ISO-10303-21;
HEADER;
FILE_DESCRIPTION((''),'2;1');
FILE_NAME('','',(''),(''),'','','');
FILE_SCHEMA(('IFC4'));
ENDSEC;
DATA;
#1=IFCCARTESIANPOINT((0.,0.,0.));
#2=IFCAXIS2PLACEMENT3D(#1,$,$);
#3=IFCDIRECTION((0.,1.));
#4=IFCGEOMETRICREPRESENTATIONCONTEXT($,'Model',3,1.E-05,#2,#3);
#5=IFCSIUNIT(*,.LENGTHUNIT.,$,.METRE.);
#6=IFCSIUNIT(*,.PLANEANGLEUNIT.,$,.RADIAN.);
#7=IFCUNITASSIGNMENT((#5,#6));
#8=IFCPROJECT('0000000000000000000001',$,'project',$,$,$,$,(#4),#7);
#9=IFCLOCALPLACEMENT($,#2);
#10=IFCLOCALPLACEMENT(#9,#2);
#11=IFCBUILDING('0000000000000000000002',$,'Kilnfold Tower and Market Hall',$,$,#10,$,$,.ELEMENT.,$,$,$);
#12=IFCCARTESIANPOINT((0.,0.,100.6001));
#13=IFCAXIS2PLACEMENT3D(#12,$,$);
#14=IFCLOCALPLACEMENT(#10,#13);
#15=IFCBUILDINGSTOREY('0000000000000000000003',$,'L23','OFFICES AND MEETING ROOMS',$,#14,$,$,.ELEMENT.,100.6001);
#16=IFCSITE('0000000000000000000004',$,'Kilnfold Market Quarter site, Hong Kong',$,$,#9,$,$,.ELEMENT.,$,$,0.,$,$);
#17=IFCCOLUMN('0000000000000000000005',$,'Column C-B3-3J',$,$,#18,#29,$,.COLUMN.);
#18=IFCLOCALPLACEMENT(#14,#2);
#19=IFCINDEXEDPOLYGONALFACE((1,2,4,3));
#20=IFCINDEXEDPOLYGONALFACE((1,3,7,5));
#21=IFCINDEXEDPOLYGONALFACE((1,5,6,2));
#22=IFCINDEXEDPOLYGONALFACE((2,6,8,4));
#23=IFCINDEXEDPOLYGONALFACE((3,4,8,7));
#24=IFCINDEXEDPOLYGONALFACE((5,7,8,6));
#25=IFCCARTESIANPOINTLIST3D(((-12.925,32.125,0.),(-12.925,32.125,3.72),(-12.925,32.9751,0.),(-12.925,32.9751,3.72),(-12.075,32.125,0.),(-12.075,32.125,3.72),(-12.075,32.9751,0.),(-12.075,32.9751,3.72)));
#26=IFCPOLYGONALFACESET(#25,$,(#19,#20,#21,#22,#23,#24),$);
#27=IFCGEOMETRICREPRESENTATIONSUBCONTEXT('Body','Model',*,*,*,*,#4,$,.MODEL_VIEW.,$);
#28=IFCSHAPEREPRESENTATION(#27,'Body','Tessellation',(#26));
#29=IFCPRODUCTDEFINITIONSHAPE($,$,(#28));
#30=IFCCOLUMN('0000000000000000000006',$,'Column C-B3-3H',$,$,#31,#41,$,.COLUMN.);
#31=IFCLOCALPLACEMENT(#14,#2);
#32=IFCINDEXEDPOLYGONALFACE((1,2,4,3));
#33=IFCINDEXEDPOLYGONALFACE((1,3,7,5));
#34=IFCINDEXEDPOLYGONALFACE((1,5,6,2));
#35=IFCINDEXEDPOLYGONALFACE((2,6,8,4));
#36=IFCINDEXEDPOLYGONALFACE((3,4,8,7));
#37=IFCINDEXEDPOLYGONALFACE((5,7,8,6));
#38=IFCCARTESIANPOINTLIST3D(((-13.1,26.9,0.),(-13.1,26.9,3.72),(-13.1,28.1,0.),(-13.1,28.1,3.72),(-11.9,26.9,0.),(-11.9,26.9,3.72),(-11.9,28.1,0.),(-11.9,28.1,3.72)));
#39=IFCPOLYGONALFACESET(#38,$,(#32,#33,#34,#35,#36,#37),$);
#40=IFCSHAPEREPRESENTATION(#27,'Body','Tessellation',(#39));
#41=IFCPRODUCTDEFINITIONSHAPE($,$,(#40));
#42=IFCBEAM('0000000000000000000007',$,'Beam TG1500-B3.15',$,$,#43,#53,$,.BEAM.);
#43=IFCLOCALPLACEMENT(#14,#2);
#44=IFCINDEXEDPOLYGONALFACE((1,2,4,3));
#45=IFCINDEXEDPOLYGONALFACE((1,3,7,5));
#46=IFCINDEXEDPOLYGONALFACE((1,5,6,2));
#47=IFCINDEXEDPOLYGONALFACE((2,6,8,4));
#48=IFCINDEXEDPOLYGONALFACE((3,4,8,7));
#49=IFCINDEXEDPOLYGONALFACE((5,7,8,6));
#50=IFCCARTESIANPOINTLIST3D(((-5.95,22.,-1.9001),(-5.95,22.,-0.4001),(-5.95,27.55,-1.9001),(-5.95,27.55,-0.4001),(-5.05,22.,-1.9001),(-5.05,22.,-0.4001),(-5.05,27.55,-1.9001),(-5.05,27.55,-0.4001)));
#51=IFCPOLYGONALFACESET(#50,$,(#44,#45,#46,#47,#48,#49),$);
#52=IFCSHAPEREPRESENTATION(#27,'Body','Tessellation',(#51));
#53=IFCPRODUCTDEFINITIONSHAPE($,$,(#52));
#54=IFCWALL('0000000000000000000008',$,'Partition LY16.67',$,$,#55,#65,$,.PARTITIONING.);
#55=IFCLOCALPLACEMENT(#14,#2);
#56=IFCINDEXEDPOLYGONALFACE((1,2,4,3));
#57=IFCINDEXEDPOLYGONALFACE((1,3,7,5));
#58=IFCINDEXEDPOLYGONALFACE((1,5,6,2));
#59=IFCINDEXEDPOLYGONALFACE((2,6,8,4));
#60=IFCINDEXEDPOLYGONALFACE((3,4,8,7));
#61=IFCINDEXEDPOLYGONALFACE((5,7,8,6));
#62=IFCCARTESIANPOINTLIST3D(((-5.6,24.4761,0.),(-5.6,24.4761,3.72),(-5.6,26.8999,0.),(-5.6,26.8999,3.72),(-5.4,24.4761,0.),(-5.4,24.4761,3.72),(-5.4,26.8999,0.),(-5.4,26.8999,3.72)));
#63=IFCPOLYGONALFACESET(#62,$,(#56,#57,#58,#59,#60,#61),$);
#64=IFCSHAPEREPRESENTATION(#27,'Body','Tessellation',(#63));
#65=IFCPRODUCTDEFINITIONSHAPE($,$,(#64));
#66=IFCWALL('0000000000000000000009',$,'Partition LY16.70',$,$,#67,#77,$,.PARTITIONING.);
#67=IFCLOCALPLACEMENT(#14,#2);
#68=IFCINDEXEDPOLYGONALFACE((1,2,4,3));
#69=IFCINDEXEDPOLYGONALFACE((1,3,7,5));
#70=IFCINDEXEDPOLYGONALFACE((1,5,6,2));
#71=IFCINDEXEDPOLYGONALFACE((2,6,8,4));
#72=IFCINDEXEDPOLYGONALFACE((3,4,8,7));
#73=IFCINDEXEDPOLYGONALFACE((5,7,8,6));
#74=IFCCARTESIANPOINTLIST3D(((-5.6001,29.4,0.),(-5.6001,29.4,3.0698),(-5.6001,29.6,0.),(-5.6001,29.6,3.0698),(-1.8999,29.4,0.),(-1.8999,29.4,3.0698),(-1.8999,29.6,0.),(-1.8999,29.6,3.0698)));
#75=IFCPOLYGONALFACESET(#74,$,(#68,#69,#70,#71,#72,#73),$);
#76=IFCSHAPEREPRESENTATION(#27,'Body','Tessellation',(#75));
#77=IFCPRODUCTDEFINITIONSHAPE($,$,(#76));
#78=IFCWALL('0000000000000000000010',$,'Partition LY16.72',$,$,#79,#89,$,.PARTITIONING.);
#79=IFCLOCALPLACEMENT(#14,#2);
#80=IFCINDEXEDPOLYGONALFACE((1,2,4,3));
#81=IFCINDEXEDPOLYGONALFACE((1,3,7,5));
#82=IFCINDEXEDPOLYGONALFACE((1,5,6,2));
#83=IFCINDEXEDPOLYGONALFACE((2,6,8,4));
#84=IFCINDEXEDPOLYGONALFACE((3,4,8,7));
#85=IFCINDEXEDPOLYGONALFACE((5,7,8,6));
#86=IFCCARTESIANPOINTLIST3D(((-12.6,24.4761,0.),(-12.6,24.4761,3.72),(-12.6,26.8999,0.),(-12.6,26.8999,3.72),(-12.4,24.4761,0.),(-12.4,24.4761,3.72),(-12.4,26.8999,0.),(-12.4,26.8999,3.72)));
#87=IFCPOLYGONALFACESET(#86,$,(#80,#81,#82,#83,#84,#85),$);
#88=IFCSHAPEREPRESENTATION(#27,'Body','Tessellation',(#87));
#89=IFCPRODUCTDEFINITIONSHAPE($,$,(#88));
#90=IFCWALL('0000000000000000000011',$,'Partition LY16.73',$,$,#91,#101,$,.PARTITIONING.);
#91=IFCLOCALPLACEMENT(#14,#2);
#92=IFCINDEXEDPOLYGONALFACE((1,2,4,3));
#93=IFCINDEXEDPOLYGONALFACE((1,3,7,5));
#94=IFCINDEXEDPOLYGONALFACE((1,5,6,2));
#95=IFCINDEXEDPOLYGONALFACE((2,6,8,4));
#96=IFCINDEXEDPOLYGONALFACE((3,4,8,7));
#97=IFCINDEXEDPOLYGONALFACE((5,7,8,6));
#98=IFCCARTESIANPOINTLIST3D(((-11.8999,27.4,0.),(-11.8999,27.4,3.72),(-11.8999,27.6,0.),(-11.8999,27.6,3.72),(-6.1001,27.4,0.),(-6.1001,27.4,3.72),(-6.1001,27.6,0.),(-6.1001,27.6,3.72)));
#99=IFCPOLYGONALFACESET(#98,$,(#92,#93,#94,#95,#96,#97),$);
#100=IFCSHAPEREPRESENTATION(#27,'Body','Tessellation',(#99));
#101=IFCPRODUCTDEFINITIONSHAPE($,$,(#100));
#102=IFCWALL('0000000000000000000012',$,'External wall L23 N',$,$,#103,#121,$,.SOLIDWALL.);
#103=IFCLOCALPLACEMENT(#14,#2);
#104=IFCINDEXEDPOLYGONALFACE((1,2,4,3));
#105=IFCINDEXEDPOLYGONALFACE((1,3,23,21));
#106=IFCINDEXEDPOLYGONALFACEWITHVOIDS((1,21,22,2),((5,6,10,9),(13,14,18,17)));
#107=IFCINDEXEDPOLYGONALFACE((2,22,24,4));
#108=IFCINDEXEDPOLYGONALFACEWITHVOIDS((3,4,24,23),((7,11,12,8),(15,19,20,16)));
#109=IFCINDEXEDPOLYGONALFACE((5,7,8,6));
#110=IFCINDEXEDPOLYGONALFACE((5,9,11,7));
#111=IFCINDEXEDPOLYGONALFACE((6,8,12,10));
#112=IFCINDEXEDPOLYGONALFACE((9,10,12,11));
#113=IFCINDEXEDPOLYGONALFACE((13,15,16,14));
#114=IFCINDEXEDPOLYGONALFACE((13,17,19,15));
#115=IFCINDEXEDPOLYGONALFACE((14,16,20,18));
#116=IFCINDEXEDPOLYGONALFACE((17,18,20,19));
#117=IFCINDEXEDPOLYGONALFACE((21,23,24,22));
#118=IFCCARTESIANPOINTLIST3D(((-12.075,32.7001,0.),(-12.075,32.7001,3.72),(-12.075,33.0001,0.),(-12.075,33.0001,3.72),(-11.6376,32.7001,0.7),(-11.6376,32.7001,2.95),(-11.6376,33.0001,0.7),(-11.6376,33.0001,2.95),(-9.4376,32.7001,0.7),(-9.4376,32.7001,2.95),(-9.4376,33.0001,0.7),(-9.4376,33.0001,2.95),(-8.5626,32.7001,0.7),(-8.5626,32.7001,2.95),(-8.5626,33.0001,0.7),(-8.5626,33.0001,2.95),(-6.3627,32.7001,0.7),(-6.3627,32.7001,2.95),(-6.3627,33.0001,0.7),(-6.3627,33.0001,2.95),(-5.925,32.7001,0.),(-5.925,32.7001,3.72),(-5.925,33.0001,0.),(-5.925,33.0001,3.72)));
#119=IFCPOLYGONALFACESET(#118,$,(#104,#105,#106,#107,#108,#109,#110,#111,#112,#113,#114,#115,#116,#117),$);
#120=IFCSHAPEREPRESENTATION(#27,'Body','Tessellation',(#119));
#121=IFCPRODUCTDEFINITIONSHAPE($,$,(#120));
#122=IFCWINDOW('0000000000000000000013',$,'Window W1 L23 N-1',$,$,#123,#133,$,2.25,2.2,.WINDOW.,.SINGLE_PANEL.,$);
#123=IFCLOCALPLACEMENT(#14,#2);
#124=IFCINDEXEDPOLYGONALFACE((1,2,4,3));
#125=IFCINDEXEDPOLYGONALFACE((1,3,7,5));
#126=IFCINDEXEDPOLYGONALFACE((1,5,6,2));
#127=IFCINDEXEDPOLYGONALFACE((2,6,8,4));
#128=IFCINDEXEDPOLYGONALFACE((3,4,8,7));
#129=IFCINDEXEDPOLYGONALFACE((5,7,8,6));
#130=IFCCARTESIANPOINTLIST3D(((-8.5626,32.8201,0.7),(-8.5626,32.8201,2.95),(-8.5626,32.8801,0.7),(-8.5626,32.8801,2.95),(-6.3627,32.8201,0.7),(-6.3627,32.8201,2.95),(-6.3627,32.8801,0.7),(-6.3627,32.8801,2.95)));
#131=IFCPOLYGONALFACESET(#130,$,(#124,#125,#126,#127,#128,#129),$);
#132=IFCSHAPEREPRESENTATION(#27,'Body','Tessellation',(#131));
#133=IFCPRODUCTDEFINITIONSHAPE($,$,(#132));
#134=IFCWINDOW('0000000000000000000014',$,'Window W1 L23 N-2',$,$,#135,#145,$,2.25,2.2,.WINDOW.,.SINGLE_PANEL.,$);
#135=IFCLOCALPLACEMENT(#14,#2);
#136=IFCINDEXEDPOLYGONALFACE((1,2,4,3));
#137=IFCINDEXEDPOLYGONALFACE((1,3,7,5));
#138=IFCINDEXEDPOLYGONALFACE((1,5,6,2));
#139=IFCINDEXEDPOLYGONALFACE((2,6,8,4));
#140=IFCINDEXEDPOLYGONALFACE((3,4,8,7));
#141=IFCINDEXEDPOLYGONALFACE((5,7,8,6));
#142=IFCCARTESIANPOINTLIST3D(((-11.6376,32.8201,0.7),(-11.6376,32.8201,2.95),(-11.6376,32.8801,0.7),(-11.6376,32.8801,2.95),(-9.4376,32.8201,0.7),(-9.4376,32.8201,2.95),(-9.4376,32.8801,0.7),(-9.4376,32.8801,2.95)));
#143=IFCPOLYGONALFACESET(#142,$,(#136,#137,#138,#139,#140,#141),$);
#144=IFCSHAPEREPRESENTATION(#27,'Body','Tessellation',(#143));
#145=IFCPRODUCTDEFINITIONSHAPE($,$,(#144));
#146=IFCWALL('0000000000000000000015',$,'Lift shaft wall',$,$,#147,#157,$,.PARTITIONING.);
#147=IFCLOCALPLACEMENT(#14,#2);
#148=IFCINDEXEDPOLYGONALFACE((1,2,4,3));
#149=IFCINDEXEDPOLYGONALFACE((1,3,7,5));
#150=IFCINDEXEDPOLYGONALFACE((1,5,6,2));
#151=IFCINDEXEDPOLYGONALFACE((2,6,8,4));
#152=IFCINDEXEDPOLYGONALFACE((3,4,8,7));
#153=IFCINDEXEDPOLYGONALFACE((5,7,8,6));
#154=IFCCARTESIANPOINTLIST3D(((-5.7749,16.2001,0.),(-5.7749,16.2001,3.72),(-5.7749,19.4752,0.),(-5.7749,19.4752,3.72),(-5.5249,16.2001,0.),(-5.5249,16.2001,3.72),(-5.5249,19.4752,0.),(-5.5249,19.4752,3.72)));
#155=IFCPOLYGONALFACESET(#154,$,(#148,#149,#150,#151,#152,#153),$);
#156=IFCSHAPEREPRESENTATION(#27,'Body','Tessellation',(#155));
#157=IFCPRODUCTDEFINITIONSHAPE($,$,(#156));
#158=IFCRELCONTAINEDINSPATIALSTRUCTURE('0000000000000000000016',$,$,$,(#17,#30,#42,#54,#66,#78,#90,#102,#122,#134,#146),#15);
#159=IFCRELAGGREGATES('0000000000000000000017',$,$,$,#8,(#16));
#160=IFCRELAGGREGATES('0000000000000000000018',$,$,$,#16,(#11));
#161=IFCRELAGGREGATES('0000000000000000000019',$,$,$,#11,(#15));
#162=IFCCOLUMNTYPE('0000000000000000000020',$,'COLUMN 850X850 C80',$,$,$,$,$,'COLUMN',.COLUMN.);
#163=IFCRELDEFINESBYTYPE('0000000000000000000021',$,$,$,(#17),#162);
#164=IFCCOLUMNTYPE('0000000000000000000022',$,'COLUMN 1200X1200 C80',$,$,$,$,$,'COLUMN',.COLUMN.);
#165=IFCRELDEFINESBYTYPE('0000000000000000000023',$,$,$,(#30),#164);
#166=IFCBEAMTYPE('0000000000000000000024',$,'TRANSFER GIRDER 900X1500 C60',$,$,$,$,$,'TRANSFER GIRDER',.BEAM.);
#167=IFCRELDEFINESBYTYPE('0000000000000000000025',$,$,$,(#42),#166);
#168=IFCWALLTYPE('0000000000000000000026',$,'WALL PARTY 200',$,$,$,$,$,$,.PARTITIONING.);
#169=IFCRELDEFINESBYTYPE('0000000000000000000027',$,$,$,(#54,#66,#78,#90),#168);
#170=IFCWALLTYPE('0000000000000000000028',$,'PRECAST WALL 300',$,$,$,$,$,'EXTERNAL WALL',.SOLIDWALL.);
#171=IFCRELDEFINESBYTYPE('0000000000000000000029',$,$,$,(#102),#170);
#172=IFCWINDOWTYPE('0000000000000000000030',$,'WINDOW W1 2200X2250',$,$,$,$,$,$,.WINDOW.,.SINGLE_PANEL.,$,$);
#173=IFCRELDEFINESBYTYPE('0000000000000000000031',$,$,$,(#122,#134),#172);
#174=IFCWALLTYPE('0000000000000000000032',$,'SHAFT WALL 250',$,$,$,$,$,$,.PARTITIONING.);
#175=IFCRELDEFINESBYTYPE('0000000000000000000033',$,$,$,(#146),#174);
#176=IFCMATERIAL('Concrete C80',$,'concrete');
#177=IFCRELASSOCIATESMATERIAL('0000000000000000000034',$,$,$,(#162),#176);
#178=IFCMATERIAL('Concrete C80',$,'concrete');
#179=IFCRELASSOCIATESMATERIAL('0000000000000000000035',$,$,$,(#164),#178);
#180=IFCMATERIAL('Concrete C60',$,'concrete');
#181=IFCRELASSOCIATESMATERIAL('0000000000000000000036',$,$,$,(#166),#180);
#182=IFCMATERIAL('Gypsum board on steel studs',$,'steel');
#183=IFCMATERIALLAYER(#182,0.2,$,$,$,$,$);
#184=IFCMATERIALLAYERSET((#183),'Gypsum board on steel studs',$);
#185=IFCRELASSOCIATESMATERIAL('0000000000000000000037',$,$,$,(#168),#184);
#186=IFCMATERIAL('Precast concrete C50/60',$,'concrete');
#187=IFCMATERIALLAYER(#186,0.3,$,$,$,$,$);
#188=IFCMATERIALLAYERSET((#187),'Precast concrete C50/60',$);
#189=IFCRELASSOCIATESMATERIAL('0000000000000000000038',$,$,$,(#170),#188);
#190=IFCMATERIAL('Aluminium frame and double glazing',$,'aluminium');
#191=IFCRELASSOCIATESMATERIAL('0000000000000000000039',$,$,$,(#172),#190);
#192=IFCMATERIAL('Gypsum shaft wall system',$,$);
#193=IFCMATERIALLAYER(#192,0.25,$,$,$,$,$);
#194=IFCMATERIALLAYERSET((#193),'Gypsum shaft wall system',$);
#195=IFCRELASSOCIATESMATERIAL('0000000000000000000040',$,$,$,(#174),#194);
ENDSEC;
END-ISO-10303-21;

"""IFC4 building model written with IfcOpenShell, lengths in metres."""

from ifc_helpers import new_model, si_unit, direction, frame, frame_2d, origin, origin_2d, place, context, subcontext, project, spatial, rectangle, extrude, source, transform, mapped, material, layer, layer_set, material_profile, profile_set, type_object, element, fill, save


model = new_model("IFC4")

# Units and contexts
model_context = context("Model", 3, precision=1e-05, world=origin(), true_north=direction((0.0, 1.0)))
body_context = subcontext(model_context, "Body", "Model", "MODEL_VIEW")
ifc_project = project(units=[si_unit("LENGTHUNIT", "METRE"), si_unit("PLANEANGLEUNIT", "RADIAN")], contexts=[model_context])

# Site, building, storey
site_placement = place(None, origin())
site = spatial("IfcSite", under=ifc_project, at=site_placement, Name="Kilnfold Market Quarter site, Hong Kong", CompositionType="ELEMENT", RefElevation=0.0)
building_placement = place(site_placement, origin())
building = spatial("IfcBuilding", under=site, at=building_placement, Name="Kilnfold Tower and Market Hall", CompositionType="ELEMENT")
storey_placement = place(building_placement, frame((0.0, 0.0, 100.6001)))
storey = spatial("IfcBuildingStorey", under=building, at=storey_placement, Name="L23", Description="OFFICES AND MEETING ROOMS", CompositionType="ELEMENT", Elevation=100.6001)

# Columns
ifc_material_1 = material(Name="Concrete C80", Category="concrete")
ifc_material_profile_1 = material_profile(ifc_material_1, rectangle(XDim=0.8501, YDim=0.8501, at=origin_2d()), Name="RC 850x850")
ifc_profile_set_1 = profile_set([ifc_material_profile_1], Name="Concrete C80")
column_type_1 = type_object("IfcColumnType", Name="COLUMN 850X850 C80", ElementType="COLUMN", PredefinedType="COLUMN", material=ifc_profile_set_1)
shared_shape_1 = source(origin(), body_context, "Body", "SweptSolid", [
    extrude(rectangle(XDim=0.8501, YDim=0.8501, at=origin_2d()), origin(), (0.0, 0.0, 1.0), 3.72),
])
column_1_placement = place(storey_placement, frame((-12.5, 32.55, 0.0), z_axis=(0.0, 0.0, 1.0), x_axis=(1.0, 0.0, 0.0)))
element("IfcColumn", 1, at=column_1_placement, inside=storey, type_object=column_type_1, Name="Column C-B3-3J", PredefinedType="COLUMN", context=body_context, shape_type="MappedRepresentation", body=[
    mapped(shared_shape_1, transform((0.0, 0.0, 0.0))),
])
ifc_material_2 = material(Name="Concrete C80", Category="concrete")
ifc_material_profile_2 = material_profile(ifc_material_2, rectangle(XDim=1.2, YDim=1.2, at=origin_2d()), Name="RC 1200x1200")
ifc_profile_set_2 = profile_set([ifc_material_profile_2], Name="Concrete C80")
column_type_2 = type_object("IfcColumnType", Name="COLUMN 1200X1200 C80", ElementType="COLUMN", PredefinedType="COLUMN", material=ifc_profile_set_2)
shared_shape_2 = source(origin(), body_context, "Body", "SweptSolid", [
    extrude(rectangle(XDim=1.2, YDim=1.2, at=origin_2d()), origin(), (0.0, 0.0, 1.0), 3.72),
])
column_2_placement = place(storey_placement, frame((-12.5, 27.5, 0.0), z_axis=(0.0, 0.0, 1.0), x_axis=(1.0, 0.0, 0.0)))
element("IfcColumn", 2, at=column_2_placement, inside=storey, type_object=column_type_2, Name="Column C-B3-3H", PredefinedType="COLUMN", context=body_context, shape_type="MappedRepresentation", body=[
    mapped(shared_shape_2, transform((0.0, 0.0, 0.0))),
])

# Beam
ifc_material_3 = material(Name="Concrete C60", Category="concrete")
ifc_material_profile_3 = material_profile(ifc_material_3, rectangle(XDim=0.8999, YDim=1.5, at=origin_2d()), Name="RC 900x1500")
ifc_profile_set_3 = profile_set([ifc_material_profile_3], Name="Concrete C60")
beam_type = type_object("IfcBeamType", Name="TRANSFER GIRDER 900X1500 C60", ElementType="TRANSFER GIRDER", PredefinedType="BEAM", material=ifc_profile_set_3)
shared_shape_3 = source(origin(), body_context, "Body", "SweptSolid", [
    extrude(rectangle(XDim=0.8999, YDim=1.5, at=origin_2d()), origin(), (0.0, 0.0, 1.0), 5.55),
])
beam_placement = place(storey_placement, frame((-5.5, 22.0, -1.1501), z_axis=(0.0, 1.0, 0.0), x_axis=(-1.0, 0.0, 0.0)))
element("IfcBeam", 3, at=beam_placement, inside=storey, type_object=beam_type, Name="Beam TG1500-B3.15", PredefinedType="BEAM", context=body_context, shape_type="MappedRepresentation", body=[
    mapped(shared_shape_3, transform((0.0, 0.0, 0.0))),
])

# Walls
ifc_material_4 = material(Name="Gypsum board on steel studs", Category="steel")
ifc_layer_1 = layer(ifc_material_4, 0.2)
ifc_layer_set_1 = layer_set([ifc_layer_1], Name="Gypsum board on steel studs")
wall_type_1 = type_object("IfcWallType", Name="WALL PARTY 200", PredefinedType="PARTITIONING", material=ifc_layer_set_1)
wall_1_placement = place(storey_placement, frame((-5.5, 24.4761, 0.0), z_axis=(0.0, 0.0, 1.0), x_axis=(0.0, 1.0, 0.0)))
element("IfcWall", 4, at=wall_1_placement, inside=storey, type_object=wall_type_1, Name="Partition LY16.67", PredefinedType="PARTITIONING", context=body_context, shape_type="SweptSolid", body=[
    extrude(rectangle(XDim=2.4238, YDim=0.2, at=frame_2d((1.2119, 0.0))), origin(), (0.0, 0.0, 1.0), 3.72),
])
wall_2_placement = place(storey_placement, frame((-5.6001, 29.5, 0.0), z_axis=(0.0, 0.0, 1.0), x_axis=(1.0, 0.0, 0.0)))
element("IfcWall", 5, at=wall_2_placement, inside=storey, type_object=wall_type_1, Name="Partition LY16.70", PredefinedType="PARTITIONING", context=body_context, shape_type="SweptSolid", body=[
    extrude(rectangle(XDim=3.7002, YDim=0.2, at=frame_2d((1.8501, 0.0))), origin(), (0.0, 0.0, 1.0), 3.0698),
])
wall_3_placement = place(storey_placement, frame((-12.5, 26.8999, 0.0), z_axis=(0.0, 0.0, 1.0), x_axis=(0.0, -1.0, 0.0)))
element("IfcWall", 6, at=wall_3_placement, inside=storey, type_object=wall_type_1, Name="Partition LY16.72", PredefinedType="PARTITIONING", context=body_context, shape_type="SweptSolid", body=[
    extrude(rectangle(XDim=2.4238, YDim=0.2, at=frame_2d((1.2119, 0.0))), origin(), (0.0, 0.0, 1.0), 3.72),
])
wall_4_placement = place(storey_placement, frame((-11.8999, 27.5, 0.0), z_axis=(0.0, 0.0, 1.0), x_axis=(1.0, 0.0, 0.0)))
element("IfcWall", 7, at=wall_4_placement, inside=storey, type_object=wall_type_1, Name="Partition LY16.73", PredefinedType="PARTITIONING", context=body_context, shape_type="SweptSolid", body=[
    extrude(rectangle(XDim=5.7998, YDim=0.2, at=frame_2d((2.8999, 0.0))), origin(), (0.0, 0.0, 1.0), 3.72),
])

# Wall, openings, windows
ifc_material_5 = material(Name="Precast concrete C50/60", Category="concrete")
ifc_layer_2 = layer(ifc_material_5, 0.3)
ifc_layer_set_2 = layer_set([ifc_layer_2], Name="Precast concrete C50/60")
wall_type_2 = type_object("IfcWallType", Name="PRECAST WALL 300", ElementType="EXTERNAL WALL", PredefinedType="SOLIDWALL", material=ifc_layer_set_2)
shared_shape_4 = source(origin(), body_context, "Body", "SweptSolid", [
    extrude(rectangle(XDim=6.1499, YDim=0.3, at=frame_2d((3.075, 0.0))), origin(), (0.0, 0.0, 1.0), 3.72),
])
wall_5_placement = place(storey_placement, frame((-5.925, 32.8501, 0.0), z_axis=(0.0, 0.0, 1.0), x_axis=(-1.0, 0.0, 0.0)))
wall_5 = element("IfcWall", 8, at=wall_5_placement, inside=storey, type_object=wall_type_2, Name="External wall L23 N", PredefinedType="SOLIDWALL", context=body_context, shape_type="MappedRepresentation", body=[
    mapped(shared_shape_4, transform((0.0, 0.0, 0.0))),
])
opening_1_placement = place(wall_5_placement, frame((0.4375, 0.0, 0.7)))
opening_1 = element("IfcOpeningElement", 9, at=opening_1_placement, cuts=wall_5, PredefinedType="OPENING", context=body_context, shape_type="SweptSolid", body=[
    extrude(rectangle(XDim=2.2, YDim=2.25, at=frame_2d((1.1001, 1.125))), frame((0.0, 0.1602, 0.0), z_axis=(0.0, -1.0, 0.0), x_axis=(1.0, 0.0, 0.0)), (0.0, 0.0, 1.0), 0.3201),
])
opening_2_placement = place(wall_5_placement, frame((3.5125, 0.0, 0.7)))
opening_2 = element("IfcOpeningElement", 10, at=opening_2_placement, cuts=wall_5, PredefinedType="OPENING", context=body_context, shape_type="SweptSolid", body=[
    extrude(rectangle(XDim=2.2, YDim=2.25, at=frame_2d((1.1001, 1.125))), frame((0.0, 0.1602, 0.0), z_axis=(0.0, -1.0, 0.0), x_axis=(1.0, 0.0, 0.0)), (0.0, 0.0, 1.0), 0.3201),
])
ifc_material_6 = material(Name="Aluminium frame and double glazing", Category="aluminium")
window_type = type_object("IfcWindowType", Name="WINDOW W1 2200X2250", PartitioningType="SINGLE_PANEL", PredefinedType="WINDOW", material=ifc_material_6)
window_1_placement = place(opening_1_placement, origin())
window_1 = element("IfcWindow", 11, at=window_1_placement, inside=storey, type_object=window_type, Name="Window W1 L23 N-1", OverallHeight=2.25, OverallWidth=2.2, PartitioningType="SINGLE_PANEL", PredefinedType="WINDOW", context=body_context, shape_type="SweptSolid", body=[
    extrude(rectangle(XDim=2.2, YDim=2.25, at=frame_2d((1.1001, 1.125))), frame((0.0, 0.03, 0.0), z_axis=(0.0, -1.0, 0.0), x_axis=(1.0, 0.0, 0.0)), (0.0, 0.0, 1.0), 0.0601),
])
fill(opening_1, window_1)
window_2_placement = place(opening_2_placement, origin())
window_2 = element("IfcWindow", 12, at=window_2_placement, inside=storey, type_object=window_type, Name="Window W1 L23 N-2", OverallHeight=2.25, OverallWidth=2.2, PartitioningType="SINGLE_PANEL", PredefinedType="WINDOW", context=body_context, shape_type="SweptSolid", body=[
    extrude(rectangle(XDim=2.2, YDim=2.25, at=frame_2d((1.1001, 1.125))), frame((0.0, 0.03, 0.0), z_axis=(0.0, -1.0, 0.0), x_axis=(1.0, 0.0, 0.0)), (0.0, 0.0, 1.0), 0.0601),
])
fill(opening_2, window_2)

# Wall
ifc_material_7 = material(Name="Gypsum shaft wall system")
ifc_layer_3 = layer(ifc_material_7, 0.25)
ifc_layer_set_3 = layer_set([ifc_layer_3], Name="Gypsum shaft wall system")
wall_type_3 = type_object("IfcWallType", Name="SHAFT WALL 250", PredefinedType="PARTITIONING", material=ifc_layer_set_3)
shared_shape_5 = source(origin(), body_context, "Body", "SweptSolid", [
    extrude(rectangle(XDim=3.2751, YDim=0.25, at=frame_2d((1.6377, 0.0))), origin(), (0.0, 0.0, 1.0), 3.72),
])
wall_6_placement = place(storey_placement, frame((-5.6499, 16.2, 0.0), z_axis=(0.0, 0.0, 1.0), x_axis=(0.0, 1.0, 0.0)))
element("IfcWall", 13, at=wall_6_placement, inside=storey, type_object=wall_type_3, Name="Lift shaft wall", PredefinedType="PARTITIONING", context=body_context, shape_type="MappedRepresentation", body=[
    mapped(shared_shape_5, transform((0.0, 0.0, 0.0))),
])

save(model, "model.ifc")
